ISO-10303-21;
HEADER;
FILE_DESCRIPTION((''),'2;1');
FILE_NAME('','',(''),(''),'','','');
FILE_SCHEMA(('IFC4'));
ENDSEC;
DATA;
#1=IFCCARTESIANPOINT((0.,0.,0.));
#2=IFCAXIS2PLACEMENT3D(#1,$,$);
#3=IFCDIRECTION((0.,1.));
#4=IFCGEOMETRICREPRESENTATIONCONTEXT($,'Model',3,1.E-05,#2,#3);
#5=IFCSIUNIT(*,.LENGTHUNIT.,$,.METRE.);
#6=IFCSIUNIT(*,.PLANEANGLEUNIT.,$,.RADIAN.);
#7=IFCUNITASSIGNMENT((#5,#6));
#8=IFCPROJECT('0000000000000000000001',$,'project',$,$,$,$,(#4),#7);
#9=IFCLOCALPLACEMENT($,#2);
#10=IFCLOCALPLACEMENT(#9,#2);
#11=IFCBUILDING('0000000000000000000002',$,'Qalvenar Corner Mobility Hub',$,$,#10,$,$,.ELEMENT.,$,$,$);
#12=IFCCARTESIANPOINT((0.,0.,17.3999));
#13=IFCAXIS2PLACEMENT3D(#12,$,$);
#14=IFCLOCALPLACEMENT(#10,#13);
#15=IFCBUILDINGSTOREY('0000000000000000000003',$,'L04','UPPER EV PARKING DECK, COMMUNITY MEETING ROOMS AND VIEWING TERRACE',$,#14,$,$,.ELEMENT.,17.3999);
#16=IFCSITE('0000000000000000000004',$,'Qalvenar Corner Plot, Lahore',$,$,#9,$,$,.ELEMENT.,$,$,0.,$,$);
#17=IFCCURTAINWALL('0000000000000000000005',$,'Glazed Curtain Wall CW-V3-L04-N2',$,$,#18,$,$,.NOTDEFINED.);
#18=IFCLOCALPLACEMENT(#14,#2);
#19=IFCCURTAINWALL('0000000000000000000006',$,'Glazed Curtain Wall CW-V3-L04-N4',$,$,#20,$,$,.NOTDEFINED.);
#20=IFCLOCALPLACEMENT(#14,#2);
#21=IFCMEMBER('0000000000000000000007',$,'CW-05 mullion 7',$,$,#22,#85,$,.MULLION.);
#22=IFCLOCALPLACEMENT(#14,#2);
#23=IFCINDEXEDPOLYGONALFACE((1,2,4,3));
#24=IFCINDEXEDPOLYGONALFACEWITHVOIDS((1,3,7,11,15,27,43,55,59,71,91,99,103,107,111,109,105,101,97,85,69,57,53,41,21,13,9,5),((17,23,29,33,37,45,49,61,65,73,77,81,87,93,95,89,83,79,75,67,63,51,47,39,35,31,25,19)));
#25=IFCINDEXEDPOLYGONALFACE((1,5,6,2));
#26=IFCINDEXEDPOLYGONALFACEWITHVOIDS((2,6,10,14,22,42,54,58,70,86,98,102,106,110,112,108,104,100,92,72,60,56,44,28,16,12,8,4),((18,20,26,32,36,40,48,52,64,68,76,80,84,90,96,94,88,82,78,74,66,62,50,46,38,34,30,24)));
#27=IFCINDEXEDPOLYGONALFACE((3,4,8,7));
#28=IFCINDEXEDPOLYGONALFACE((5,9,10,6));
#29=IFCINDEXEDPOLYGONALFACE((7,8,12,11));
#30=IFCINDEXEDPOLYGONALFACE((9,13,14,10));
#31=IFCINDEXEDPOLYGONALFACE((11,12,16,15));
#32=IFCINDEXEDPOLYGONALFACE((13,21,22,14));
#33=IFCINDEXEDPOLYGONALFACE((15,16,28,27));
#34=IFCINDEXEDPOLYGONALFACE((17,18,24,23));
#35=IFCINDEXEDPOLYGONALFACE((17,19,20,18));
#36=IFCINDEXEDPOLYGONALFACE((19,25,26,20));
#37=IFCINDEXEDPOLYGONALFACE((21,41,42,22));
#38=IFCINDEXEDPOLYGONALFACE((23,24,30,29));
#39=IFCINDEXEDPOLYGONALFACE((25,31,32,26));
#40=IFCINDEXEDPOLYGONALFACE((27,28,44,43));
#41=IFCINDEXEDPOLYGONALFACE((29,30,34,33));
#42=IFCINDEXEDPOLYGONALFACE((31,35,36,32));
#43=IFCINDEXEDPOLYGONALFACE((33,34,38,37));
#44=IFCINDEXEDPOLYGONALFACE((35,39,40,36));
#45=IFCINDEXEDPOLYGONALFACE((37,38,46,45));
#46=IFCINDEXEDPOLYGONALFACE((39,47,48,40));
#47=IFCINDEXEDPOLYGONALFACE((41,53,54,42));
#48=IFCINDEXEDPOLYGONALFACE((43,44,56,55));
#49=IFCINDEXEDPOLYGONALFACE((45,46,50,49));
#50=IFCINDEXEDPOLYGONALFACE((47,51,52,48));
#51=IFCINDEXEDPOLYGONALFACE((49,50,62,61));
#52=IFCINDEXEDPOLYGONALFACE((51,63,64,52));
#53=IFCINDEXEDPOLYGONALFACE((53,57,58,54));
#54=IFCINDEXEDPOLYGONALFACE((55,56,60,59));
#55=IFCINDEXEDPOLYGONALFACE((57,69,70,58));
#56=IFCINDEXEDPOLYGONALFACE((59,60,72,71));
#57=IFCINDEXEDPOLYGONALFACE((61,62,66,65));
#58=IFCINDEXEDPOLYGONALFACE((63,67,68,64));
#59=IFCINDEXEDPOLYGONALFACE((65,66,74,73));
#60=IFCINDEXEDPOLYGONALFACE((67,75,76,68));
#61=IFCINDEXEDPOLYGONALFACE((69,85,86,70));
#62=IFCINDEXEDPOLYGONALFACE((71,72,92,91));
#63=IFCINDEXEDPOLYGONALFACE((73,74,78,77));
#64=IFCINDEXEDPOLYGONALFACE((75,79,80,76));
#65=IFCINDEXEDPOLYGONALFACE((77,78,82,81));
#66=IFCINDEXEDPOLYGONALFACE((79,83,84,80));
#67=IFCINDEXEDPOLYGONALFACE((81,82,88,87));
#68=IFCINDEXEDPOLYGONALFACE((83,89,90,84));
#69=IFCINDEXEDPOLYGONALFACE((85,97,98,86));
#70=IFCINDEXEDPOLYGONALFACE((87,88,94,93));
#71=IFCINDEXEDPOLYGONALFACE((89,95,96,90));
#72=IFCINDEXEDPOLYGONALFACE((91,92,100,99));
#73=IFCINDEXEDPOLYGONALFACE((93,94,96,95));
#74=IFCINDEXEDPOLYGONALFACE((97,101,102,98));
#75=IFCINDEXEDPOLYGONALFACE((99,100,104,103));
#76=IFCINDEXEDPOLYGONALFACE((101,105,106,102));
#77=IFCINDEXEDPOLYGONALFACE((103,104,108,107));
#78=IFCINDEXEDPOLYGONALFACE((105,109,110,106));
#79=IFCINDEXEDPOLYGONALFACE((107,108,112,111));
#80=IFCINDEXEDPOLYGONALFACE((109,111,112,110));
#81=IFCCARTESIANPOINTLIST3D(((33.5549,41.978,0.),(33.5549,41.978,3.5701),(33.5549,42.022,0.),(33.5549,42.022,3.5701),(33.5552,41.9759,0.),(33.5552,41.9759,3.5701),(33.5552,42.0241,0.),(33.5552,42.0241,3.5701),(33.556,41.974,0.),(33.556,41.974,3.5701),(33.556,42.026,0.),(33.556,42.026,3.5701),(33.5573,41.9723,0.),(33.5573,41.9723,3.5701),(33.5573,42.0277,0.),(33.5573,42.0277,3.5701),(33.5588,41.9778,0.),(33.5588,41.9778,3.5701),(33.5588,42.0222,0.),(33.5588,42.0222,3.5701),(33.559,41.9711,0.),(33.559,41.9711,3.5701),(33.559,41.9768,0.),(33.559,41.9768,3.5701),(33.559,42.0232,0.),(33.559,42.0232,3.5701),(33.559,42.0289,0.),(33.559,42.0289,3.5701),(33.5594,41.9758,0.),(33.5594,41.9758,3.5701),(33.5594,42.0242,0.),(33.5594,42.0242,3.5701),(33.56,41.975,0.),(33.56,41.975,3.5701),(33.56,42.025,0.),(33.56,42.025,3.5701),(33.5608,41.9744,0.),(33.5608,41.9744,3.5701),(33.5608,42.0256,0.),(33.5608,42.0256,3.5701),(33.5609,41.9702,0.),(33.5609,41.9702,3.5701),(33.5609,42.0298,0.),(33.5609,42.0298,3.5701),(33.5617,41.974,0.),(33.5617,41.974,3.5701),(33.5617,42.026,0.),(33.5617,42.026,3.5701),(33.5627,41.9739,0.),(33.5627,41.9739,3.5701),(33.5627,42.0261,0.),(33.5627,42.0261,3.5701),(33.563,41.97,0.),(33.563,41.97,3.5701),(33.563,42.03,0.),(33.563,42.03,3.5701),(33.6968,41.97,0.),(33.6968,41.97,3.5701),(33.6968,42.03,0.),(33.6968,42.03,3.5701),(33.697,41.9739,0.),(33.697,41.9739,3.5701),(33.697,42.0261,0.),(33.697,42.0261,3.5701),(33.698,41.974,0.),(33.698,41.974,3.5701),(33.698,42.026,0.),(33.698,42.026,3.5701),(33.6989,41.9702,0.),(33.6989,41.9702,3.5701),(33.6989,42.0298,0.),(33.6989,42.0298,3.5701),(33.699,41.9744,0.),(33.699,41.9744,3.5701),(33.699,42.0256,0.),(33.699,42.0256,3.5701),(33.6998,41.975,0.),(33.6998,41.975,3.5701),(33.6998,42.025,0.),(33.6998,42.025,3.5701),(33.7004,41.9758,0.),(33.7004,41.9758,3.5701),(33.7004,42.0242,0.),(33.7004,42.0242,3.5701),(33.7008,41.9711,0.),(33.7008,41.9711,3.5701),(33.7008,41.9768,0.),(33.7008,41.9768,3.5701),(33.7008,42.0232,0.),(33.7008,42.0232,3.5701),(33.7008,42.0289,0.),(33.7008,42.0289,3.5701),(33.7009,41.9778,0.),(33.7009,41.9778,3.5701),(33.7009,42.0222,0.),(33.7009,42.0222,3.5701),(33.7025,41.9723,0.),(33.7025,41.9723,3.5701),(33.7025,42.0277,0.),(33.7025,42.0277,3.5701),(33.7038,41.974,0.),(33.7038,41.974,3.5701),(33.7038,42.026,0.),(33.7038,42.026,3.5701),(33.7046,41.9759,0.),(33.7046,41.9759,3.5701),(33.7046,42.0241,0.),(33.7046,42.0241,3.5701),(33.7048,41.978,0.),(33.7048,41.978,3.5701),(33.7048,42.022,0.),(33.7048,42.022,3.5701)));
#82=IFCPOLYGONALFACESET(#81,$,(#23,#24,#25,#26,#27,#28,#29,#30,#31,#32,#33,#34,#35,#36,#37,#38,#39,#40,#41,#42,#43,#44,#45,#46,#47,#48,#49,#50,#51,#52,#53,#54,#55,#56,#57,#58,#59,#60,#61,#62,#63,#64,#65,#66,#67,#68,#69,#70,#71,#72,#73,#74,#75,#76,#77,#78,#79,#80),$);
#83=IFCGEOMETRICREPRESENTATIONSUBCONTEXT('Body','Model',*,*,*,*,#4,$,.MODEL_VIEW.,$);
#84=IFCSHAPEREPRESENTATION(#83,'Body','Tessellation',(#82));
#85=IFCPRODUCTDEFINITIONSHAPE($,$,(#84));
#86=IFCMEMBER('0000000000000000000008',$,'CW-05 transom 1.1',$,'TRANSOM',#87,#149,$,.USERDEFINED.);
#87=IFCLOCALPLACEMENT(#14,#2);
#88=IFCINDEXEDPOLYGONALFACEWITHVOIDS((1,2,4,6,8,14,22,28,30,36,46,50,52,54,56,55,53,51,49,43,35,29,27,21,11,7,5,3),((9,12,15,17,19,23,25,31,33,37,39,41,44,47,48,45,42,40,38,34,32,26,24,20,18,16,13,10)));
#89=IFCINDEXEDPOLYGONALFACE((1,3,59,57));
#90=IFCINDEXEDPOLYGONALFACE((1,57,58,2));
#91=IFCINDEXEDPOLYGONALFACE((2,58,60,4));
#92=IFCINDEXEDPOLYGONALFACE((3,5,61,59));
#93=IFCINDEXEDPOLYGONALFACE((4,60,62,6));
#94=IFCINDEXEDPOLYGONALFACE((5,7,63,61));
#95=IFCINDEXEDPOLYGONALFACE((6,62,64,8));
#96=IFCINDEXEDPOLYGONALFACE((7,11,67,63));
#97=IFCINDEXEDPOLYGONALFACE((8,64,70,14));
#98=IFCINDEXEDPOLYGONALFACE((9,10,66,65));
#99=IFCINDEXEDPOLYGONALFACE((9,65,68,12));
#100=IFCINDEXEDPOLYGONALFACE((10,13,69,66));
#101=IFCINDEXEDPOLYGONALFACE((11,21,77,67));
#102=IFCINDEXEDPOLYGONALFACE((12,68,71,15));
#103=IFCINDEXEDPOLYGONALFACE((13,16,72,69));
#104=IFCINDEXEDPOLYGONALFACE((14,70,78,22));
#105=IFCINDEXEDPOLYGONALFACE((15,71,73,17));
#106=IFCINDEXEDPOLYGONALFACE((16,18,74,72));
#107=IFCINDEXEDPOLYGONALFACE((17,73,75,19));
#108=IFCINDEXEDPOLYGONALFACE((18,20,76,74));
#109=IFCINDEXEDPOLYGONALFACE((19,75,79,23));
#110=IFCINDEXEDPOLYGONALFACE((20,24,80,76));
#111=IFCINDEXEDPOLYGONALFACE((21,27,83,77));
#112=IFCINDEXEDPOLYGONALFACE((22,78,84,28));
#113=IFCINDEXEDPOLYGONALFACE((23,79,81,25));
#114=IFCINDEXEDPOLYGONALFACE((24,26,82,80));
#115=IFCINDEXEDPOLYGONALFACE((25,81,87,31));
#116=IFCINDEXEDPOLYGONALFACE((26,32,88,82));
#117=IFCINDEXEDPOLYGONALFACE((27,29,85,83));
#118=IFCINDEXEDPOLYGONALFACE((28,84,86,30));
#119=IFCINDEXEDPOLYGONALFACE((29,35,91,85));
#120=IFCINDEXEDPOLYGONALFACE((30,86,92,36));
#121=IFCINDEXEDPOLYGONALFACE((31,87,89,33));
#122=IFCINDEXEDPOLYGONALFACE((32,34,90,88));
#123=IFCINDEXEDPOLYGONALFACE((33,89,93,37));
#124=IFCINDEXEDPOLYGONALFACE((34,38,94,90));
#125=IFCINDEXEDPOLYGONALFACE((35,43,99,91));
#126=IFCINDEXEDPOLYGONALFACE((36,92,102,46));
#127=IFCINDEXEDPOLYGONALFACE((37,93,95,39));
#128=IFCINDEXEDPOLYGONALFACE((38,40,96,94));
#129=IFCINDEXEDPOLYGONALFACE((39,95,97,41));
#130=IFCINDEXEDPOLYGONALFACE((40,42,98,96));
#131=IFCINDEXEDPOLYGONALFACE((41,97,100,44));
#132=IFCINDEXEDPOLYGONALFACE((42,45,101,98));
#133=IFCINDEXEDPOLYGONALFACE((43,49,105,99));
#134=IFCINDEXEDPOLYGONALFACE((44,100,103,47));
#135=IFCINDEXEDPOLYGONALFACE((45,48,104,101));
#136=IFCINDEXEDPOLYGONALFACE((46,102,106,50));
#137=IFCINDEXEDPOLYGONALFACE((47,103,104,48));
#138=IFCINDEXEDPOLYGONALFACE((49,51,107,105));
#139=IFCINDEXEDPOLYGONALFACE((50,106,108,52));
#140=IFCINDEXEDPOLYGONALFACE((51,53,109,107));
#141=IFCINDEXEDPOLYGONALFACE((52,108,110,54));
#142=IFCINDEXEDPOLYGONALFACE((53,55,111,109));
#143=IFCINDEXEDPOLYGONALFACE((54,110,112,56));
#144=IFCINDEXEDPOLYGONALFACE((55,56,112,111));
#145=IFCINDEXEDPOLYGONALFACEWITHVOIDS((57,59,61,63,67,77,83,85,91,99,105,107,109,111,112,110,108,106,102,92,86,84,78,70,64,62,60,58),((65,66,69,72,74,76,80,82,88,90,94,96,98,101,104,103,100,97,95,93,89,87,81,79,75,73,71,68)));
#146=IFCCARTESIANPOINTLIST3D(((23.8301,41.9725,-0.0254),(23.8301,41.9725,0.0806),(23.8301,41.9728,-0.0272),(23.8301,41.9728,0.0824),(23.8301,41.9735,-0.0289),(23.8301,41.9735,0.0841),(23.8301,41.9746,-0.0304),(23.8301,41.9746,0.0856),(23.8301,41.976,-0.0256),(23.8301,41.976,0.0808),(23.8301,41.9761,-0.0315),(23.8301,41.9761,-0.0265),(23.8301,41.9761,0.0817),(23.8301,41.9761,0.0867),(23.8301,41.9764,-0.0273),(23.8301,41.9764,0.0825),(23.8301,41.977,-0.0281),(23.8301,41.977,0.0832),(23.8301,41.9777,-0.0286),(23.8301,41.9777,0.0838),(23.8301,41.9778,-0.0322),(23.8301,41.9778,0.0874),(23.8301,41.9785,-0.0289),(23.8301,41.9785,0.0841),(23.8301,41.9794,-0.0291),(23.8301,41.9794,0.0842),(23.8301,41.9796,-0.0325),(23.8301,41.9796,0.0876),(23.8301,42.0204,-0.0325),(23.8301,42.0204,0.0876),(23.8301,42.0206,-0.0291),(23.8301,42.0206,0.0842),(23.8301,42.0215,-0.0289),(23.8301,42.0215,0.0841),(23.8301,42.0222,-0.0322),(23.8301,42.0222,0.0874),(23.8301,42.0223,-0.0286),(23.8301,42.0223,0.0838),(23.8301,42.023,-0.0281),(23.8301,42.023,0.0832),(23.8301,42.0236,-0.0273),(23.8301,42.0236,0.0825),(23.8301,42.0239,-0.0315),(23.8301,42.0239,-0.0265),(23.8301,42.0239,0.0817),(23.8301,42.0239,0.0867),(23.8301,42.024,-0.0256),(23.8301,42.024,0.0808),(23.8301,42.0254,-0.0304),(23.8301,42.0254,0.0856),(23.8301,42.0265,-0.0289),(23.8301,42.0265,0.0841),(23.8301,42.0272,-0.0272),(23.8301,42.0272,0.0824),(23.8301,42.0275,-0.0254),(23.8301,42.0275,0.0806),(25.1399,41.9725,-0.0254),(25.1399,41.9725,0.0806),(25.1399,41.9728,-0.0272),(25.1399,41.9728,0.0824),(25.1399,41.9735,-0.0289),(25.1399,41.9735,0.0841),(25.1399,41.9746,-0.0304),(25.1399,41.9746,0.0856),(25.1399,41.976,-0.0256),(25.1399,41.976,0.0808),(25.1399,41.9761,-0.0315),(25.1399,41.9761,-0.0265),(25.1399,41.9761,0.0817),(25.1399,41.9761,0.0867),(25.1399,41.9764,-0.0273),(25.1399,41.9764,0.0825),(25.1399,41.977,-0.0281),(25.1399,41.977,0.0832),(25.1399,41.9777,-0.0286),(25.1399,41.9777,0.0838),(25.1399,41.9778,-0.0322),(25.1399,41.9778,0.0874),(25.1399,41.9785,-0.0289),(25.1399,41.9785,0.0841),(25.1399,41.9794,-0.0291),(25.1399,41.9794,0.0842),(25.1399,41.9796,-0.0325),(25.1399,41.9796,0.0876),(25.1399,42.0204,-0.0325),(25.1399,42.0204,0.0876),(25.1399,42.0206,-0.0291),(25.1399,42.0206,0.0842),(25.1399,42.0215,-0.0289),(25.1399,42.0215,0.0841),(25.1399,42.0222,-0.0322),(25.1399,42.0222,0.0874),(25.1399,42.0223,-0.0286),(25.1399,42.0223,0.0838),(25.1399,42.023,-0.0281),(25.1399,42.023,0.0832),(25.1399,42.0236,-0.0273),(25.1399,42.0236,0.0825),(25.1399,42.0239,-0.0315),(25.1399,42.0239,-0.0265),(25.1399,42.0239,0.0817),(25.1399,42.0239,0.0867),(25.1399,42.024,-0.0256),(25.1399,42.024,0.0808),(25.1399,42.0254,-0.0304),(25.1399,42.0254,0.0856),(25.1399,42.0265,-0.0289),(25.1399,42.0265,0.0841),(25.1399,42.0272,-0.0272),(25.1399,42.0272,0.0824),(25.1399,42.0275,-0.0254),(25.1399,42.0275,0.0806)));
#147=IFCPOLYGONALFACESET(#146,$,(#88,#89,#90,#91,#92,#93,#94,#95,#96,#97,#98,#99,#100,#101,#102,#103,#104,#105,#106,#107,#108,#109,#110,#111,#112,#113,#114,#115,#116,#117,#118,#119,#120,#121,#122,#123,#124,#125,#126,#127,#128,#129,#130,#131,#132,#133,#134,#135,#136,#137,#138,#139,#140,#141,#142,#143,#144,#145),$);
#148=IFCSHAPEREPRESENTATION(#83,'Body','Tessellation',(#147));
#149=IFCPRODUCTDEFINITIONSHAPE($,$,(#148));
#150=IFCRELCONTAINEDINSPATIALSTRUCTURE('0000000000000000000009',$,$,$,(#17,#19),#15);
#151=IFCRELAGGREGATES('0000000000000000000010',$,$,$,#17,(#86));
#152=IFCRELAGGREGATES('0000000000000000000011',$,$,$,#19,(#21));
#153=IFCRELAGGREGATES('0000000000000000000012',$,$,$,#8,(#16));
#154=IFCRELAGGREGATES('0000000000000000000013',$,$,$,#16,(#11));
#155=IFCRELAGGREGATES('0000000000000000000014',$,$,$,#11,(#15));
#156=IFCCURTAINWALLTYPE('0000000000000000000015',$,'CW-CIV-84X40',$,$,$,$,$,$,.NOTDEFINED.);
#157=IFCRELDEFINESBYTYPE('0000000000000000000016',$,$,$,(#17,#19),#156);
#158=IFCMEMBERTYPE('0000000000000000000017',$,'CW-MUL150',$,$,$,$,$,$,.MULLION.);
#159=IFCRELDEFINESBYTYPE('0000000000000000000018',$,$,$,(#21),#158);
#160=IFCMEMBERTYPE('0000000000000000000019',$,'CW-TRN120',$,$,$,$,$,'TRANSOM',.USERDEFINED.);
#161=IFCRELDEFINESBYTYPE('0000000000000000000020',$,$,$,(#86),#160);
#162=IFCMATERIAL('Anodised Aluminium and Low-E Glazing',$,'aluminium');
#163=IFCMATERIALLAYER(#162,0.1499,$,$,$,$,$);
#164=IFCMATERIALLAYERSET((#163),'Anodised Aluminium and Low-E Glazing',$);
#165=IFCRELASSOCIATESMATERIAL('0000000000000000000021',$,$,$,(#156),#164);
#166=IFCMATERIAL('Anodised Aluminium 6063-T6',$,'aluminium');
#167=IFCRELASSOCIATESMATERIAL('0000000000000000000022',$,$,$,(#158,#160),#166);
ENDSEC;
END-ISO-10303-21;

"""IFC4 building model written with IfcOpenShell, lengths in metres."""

from ifc_helpers import new_model, si_unit, direction, frame, origin, origin_2d, place, context, subcontext, project, spatial, hollow_rectangle, extrude, material, layer, layer_set, material_profile, profile_set, type_object, element, aggregate, save


model = new_model("IFC4")

# Units and contexts
model_context = context("Model", 3, precision=1e-05, world=origin(), true_north=direction((0.0, 1.0)))
body_context = subcontext(model_context, "Body", "Model", "MODEL_VIEW")
ifc_project = project(units=[si_unit("LENGTHUNIT", "METRE"), si_unit("PLANEANGLEUNIT", "RADIAN")], contexts=[model_context])

# Site, building, storey
site_placement = place(None, origin())
site = spatial("IfcSite", under=ifc_project, at=site_placement, Name="Qalvenar Corner Plot, Lahore", CompositionType="ELEMENT", RefElevation=0.0)
building_placement = place(site_placement, origin())
building = spatial("IfcBuilding", under=site, at=building_placement, Name="Qalvenar Corner Mobility Hub", CompositionType="ELEMENT")
storey_placement = place(building_placement, frame((0.0, 0.0, 17.3999)))
storey = spatial("IfcBuildingStorey", under=building, at=storey_placement, Name="L04", Description="UPPER EV PARKING DECK, COMMUNITY MEETING ROOMS AND VIEWING TERRACE", CompositionType="ELEMENT", Elevation=17.3999)

# Curtain walls, member
ifc_material_1 = material(Name="Anodised Aluminium and Low-E Glazing", Category="aluminium")
ifc_layer_1 = layer(ifc_material_1, 0.1499)
ifc_layer_set_1 = layer_set([ifc_layer_1], Name="Anodised Aluminium and Low-E Glazing")
curtain_wall_type = type_object("IfcCurtainWallType", Name="CW-CIV-84X40", PredefinedType="NOTDEFINED", material=ifc_layer_set_1)
curtain_wall_1_placement = place(storey_placement, origin())
curtain_wall_1 = element("IfcCurtainWall", 1, at=curtain_wall_1_placement, inside=storey, type_object=curtain_wall_type, Name="Glazed Curtain Wall CW-V3-L04-N2", PredefinedType="NOTDEFINED")
ifc_material_2 = material(Name="Anodised Aluminium 6063-T6", Category="aluminium")
ifc_material_profile_1 = material_profile(ifc_material_2, hollow_rectangle(XDim=0.0601, YDim=0.1499, WallThickness=0.0039, InnerFilletRadius=0.0039, OuterFilletRadius=0.0081, at=origin_2d()), Name="RHS150x60x4")
ifc_profile_set_1 = profile_set([ifc_material_profile_1], Name="Anodised Aluminium 6063-T6")
member_type_1 = type_object("IfcMemberType", Name="CW-MUL150", PredefinedType="MULLION", material=ifc_profile_set_1)
curtain_wall_2_placement = place(storey_placement, origin())
curtain_wall_2 = element("IfcCurtainWall", 2, at=curtain_wall_2_placement, inside=storey, type_object=curtain_wall_type, Name="Glazed Curtain Wall CW-V3-L04-N4", PredefinedType="NOTDEFINED")
member_1_placement = place(storey_placement, frame((33.6299, 42.0, 0.0), z_axis=(0.0, 0.0, 1.0), x_axis=(0.0, -1.0, 0.0)))
member_1 = element("IfcMember", 3, at=member_1_placement, type_object=member_type_1, Name="CW-05 mullion 7", PredefinedType="MULLION", context=body_context, shape_type="SweptSolid", body=[
    extrude(hollow_rectangle(XDim=0.0601, YDim=0.1499, WallThickness=0.0039, InnerFilletRadius=0.0039, OuterFilletRadius=0.0081, at=origin_2d()), origin(), (0.0, 0.0, 1.0), 3.5701),
])

# Member
ifc_material_profile_2 = material_profile(ifc_material_2, hollow_rectangle(XDim=0.0549, YDim=0.1201, WallThickness=0.0034, InnerFilletRadius=0.0034, OuterFilletRadius=0.0071, at=origin_2d()), Name="RHS120x55x3.5")
ifc_profile_set_2 = profile_set([ifc_material_profile_2], Name="Anodised Aluminium 6063-T6")
member_type_2 = type_object("IfcMemberType", Name="CW-TRN120", ElementType="TRANSOM", PredefinedType="USERDEFINED", material=ifc_profile_set_2)
member_2_placement = place(storey_placement, frame((25.1399, 42.0, 0.0276), z_axis=(-1.0, 0.0, 0.0), x_axis=(0.0, -1.0, 0.0)))
member_2 = element("IfcMember", 4, at=member_2_placement, type_object=member_type_2, Name="CW-05 transom 1.1", ObjectType="TRANSOM", PredefinedType="USERDEFINED", context=body_context, shape_type="SweptSolid", body=[
    extrude(hollow_rectangle(XDim=0.0549, YDim=0.1201, WallThickness=0.0034, InnerFilletRadius=0.0034, OuterFilletRadius=0.0071, at=origin_2d()), origin(), (0.0, 0.0, 1.0), 1.3098),
])

aggregate(curtain_wall_1, [member_2])
aggregate(curtain_wall_2, [member_1])

save(model, "model.ifc")
